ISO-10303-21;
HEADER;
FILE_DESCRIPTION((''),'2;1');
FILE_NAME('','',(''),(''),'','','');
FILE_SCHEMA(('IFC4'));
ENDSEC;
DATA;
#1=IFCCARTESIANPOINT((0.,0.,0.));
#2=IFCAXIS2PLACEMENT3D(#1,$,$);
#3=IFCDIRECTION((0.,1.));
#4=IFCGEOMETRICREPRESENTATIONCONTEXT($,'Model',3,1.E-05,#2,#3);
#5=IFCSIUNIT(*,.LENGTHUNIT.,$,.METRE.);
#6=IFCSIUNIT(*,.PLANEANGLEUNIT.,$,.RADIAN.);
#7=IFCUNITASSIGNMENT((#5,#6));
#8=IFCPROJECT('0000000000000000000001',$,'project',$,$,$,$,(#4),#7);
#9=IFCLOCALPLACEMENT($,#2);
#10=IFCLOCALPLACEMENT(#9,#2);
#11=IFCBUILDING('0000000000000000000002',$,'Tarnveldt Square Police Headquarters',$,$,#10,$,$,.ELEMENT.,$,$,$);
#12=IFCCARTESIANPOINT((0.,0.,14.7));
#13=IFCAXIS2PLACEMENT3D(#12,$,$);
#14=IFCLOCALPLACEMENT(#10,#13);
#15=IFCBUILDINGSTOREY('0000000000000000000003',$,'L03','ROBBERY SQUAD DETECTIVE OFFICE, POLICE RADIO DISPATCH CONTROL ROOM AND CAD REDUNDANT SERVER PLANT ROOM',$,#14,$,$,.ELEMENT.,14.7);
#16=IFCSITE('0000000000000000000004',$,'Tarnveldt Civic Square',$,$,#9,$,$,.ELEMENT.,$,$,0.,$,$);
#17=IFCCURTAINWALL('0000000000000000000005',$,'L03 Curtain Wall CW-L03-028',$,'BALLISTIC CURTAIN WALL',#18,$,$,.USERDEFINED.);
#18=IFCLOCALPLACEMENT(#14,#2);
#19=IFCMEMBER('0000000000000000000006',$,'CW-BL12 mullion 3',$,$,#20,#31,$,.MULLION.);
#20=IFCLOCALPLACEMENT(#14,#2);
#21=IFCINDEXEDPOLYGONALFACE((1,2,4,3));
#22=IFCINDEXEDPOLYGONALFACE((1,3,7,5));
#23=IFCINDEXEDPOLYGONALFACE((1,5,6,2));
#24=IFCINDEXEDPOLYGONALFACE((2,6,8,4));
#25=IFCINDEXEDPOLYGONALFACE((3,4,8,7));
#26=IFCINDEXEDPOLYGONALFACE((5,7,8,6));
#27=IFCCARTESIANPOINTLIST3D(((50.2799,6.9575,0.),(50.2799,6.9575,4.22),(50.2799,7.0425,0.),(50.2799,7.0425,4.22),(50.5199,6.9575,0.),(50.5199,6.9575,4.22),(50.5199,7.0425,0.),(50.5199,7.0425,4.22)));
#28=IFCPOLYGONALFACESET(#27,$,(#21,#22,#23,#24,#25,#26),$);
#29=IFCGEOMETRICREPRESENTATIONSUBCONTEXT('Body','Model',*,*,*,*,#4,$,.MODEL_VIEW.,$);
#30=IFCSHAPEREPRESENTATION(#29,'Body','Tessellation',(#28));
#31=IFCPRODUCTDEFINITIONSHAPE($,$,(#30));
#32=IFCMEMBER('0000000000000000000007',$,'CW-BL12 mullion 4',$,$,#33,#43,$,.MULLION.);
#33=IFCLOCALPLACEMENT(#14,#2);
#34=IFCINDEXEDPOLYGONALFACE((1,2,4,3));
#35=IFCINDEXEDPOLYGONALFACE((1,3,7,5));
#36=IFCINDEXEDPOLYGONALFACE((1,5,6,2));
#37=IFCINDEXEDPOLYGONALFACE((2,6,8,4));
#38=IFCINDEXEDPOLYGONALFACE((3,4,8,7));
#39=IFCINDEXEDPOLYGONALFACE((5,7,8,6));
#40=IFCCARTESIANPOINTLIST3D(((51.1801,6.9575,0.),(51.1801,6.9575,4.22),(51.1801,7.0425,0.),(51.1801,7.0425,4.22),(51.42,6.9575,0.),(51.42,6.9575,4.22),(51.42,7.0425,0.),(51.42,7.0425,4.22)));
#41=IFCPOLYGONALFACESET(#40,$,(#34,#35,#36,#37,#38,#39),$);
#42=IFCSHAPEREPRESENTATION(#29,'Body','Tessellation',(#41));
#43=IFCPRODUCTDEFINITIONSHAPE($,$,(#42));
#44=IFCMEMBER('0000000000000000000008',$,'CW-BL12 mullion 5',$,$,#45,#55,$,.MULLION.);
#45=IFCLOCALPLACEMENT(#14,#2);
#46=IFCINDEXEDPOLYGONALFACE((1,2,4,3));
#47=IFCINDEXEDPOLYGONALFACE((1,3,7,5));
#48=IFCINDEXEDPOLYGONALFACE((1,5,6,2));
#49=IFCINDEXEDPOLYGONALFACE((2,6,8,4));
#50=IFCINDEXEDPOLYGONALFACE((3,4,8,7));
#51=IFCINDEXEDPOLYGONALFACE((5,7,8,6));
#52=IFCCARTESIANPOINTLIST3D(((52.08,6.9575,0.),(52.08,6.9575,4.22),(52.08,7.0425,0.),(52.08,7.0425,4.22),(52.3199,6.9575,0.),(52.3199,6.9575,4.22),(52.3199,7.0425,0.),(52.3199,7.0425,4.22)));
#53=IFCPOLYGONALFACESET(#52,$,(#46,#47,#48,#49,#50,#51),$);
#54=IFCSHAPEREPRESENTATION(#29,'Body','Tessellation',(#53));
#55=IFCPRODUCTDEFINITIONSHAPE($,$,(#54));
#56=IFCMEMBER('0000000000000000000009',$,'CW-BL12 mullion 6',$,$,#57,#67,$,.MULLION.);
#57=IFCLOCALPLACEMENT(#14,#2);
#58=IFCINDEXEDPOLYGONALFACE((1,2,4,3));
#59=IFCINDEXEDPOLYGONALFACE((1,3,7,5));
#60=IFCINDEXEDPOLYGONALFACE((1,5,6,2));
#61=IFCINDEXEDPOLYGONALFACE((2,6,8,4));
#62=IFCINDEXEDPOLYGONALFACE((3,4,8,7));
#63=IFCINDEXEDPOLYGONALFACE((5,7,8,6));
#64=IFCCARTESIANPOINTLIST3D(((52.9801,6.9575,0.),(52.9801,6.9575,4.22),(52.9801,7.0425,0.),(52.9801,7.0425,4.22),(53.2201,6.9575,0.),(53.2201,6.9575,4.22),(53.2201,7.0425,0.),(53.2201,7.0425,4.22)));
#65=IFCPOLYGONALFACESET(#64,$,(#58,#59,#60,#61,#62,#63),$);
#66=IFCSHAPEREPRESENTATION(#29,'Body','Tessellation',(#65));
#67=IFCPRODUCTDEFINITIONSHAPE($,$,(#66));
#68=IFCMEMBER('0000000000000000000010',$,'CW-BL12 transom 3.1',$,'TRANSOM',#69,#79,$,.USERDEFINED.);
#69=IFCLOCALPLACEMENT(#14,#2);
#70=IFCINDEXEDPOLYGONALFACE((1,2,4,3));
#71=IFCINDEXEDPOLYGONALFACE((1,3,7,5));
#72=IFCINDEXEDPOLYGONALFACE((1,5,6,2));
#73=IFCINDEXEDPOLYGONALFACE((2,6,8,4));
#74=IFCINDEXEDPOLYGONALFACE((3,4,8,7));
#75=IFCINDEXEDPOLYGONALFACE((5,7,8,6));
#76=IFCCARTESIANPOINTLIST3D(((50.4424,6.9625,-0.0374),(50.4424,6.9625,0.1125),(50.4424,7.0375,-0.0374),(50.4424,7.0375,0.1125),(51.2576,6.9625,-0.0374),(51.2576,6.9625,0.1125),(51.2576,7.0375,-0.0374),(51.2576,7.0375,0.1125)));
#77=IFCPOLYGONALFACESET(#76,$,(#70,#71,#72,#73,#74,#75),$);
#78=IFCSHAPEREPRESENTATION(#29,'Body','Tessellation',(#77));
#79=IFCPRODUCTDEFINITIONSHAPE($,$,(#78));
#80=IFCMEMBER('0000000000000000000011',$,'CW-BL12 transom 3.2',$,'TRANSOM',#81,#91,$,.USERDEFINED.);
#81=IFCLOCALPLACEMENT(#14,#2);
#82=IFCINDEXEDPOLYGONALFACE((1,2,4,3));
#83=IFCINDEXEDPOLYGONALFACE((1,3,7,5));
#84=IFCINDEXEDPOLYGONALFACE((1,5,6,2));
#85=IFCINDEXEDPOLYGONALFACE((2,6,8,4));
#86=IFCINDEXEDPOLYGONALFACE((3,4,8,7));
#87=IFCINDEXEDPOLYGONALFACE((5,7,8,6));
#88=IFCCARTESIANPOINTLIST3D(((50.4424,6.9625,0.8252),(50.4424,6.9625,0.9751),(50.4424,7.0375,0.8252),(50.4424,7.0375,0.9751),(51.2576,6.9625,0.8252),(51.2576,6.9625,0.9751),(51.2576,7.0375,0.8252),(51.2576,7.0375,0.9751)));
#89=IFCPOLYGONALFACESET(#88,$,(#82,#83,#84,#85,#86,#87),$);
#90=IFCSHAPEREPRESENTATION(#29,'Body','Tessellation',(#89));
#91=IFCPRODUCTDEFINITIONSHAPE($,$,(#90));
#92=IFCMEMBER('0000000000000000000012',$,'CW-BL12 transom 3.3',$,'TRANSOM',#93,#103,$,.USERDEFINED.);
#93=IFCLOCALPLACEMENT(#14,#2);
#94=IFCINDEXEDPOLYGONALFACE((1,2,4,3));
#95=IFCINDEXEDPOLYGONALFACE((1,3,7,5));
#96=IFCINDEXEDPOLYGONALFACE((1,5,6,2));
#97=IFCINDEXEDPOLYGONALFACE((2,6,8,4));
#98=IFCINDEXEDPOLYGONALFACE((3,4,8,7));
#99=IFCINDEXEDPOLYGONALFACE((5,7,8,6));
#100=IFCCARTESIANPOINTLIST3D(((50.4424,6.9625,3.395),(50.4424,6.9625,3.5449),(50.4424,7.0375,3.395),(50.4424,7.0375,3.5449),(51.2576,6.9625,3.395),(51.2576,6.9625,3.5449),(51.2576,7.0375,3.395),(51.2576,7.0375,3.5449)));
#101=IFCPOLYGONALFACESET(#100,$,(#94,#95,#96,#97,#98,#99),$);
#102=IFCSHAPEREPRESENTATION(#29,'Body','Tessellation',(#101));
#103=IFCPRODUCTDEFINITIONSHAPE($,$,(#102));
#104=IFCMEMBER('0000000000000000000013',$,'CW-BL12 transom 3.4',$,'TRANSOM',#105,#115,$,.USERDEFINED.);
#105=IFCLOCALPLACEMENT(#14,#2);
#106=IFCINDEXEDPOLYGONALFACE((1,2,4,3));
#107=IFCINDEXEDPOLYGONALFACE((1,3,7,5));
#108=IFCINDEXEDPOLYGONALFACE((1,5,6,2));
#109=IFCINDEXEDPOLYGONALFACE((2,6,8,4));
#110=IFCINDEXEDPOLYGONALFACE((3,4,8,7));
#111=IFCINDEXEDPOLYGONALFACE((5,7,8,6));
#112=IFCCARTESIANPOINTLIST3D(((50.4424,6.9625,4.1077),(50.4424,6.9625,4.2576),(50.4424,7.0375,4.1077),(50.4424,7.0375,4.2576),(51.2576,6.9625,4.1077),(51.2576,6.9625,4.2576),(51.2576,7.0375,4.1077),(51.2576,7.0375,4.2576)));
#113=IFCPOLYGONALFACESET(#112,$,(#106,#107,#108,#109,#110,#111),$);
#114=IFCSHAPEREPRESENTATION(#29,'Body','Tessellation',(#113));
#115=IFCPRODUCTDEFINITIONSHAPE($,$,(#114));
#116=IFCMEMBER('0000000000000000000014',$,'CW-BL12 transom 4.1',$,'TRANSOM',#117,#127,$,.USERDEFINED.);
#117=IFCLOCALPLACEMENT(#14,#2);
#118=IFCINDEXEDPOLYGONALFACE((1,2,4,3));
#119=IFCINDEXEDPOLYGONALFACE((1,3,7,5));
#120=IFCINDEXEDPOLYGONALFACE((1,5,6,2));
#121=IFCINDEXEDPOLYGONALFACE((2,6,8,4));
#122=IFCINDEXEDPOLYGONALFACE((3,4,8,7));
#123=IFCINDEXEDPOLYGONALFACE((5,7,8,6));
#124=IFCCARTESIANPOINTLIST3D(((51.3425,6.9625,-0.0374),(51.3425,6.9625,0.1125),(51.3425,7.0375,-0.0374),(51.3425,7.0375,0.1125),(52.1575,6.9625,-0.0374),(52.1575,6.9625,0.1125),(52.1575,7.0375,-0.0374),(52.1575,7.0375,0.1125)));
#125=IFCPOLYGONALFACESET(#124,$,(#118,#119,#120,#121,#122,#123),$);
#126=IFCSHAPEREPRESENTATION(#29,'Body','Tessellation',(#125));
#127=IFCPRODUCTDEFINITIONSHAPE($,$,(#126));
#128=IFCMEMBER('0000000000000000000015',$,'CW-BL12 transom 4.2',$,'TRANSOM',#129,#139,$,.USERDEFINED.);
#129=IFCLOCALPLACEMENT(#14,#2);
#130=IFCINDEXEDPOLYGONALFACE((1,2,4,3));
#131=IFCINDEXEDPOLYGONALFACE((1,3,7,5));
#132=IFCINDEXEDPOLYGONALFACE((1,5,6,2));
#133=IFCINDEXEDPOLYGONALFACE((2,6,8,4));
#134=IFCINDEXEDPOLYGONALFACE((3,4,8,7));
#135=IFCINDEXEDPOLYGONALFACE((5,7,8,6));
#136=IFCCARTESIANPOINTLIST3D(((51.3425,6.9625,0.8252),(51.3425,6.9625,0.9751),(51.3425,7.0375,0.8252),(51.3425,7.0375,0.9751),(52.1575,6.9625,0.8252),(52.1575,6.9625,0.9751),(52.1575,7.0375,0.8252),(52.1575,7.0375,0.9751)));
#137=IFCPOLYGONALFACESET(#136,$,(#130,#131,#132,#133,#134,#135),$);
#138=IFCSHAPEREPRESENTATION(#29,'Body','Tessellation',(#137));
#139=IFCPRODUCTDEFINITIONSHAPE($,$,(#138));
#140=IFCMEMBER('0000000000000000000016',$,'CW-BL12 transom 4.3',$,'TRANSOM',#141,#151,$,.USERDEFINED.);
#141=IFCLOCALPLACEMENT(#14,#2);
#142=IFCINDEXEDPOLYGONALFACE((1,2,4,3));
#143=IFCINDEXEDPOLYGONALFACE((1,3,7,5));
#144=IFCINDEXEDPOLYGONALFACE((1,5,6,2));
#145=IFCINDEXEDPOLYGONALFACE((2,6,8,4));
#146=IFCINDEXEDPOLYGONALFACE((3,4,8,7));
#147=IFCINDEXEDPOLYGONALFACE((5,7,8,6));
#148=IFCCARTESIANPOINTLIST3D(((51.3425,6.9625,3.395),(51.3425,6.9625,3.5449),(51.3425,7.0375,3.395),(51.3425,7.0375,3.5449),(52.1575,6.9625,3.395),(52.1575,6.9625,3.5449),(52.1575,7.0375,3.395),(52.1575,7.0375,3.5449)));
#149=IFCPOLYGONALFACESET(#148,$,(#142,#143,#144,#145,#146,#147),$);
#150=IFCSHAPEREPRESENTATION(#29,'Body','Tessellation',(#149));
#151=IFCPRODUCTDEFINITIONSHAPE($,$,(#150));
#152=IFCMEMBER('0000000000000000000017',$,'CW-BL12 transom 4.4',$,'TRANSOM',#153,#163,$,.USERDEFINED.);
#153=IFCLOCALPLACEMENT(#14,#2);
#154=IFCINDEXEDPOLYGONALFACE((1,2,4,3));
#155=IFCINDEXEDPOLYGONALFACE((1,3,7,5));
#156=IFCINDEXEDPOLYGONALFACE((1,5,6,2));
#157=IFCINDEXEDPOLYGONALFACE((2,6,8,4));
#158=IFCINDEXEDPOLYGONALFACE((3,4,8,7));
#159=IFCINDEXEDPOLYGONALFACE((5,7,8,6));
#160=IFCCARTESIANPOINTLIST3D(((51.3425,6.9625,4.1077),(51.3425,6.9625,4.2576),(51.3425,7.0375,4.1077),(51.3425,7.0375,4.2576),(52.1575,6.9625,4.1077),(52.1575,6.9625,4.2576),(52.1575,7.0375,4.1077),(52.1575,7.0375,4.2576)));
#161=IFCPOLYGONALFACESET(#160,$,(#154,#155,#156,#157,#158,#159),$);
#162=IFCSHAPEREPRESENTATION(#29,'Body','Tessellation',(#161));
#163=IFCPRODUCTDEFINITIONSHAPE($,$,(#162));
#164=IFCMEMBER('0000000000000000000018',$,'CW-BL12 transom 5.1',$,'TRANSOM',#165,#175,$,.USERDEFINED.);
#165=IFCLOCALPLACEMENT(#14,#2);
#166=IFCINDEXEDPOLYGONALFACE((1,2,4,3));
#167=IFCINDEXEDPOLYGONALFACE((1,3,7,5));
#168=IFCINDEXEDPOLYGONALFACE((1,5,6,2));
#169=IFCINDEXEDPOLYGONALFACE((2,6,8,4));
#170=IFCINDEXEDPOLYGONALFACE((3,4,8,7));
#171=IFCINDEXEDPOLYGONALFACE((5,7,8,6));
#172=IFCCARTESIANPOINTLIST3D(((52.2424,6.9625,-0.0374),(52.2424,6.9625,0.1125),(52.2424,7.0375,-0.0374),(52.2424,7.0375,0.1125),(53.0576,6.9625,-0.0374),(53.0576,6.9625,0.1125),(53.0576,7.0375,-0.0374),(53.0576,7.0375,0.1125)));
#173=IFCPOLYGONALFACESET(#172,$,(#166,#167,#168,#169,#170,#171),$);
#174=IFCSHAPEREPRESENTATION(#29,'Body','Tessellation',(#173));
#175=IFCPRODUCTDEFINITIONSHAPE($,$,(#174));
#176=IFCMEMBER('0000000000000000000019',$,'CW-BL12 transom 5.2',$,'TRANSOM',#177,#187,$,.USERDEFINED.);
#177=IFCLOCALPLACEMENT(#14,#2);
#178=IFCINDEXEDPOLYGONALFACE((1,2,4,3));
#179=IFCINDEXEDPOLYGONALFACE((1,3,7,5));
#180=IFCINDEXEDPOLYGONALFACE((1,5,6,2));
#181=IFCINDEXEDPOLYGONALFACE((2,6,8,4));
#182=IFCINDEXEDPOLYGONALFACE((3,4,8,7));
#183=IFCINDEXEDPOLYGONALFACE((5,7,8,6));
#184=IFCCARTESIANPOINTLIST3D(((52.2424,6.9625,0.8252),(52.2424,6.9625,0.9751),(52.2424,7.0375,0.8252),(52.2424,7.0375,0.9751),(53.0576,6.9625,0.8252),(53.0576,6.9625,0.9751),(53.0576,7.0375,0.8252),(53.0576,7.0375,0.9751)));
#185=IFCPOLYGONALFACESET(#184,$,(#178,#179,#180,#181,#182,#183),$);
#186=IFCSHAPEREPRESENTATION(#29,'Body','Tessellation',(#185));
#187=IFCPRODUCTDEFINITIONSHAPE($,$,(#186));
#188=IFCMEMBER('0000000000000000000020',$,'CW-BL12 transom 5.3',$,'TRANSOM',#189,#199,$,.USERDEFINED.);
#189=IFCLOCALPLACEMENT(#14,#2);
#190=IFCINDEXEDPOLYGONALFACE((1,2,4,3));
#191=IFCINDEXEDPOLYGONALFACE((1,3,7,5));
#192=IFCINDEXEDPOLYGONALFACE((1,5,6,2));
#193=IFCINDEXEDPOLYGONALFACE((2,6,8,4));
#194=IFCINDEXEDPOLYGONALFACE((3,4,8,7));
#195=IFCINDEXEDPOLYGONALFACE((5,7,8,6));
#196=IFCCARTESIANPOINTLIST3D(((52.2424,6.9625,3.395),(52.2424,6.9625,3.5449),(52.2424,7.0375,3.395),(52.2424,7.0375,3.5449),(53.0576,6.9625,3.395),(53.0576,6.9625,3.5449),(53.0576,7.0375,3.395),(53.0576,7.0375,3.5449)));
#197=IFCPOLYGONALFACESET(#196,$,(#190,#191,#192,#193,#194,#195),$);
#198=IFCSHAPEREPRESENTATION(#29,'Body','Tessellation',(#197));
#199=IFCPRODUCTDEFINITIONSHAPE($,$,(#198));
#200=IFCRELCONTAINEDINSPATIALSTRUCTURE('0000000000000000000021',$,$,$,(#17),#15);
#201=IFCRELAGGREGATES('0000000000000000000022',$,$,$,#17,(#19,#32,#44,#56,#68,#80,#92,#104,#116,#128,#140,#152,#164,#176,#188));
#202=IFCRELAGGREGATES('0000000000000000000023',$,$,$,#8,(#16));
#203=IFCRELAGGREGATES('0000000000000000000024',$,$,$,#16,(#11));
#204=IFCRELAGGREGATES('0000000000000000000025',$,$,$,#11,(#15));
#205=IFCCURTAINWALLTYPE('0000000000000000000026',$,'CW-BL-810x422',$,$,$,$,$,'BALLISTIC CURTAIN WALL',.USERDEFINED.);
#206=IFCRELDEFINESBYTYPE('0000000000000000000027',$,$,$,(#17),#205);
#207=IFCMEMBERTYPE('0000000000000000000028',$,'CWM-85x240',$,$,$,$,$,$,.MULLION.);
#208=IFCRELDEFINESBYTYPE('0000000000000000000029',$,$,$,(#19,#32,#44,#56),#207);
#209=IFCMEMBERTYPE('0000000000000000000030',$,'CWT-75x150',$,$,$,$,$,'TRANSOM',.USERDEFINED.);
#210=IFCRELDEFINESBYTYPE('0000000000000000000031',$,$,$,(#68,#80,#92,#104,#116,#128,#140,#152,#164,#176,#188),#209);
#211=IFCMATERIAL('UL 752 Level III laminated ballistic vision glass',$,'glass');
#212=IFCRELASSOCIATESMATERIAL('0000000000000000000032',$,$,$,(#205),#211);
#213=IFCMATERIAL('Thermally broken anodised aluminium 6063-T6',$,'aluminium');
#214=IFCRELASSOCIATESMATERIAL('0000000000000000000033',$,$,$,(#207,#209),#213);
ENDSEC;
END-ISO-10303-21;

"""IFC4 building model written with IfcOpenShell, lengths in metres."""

from ifc_helpers import new_model, si_unit, direction, frame, origin, origin_2d, place, context, subcontext, project, spatial, rectangle, extrude, material, material_profile, profile_set, type_object, element, aggregate, save


model = new_model("IFC4")

# Units and contexts
model_context = context("Model", 3, precision=1e-05, world=origin(), true_north=direction((0.0, 1.0)))
body_context = subcontext(model_context, "Body", "Model", "MODEL_VIEW")
ifc_project = project(units=[si_unit("LENGTHUNIT", "METRE"), si_unit("PLANEANGLEUNIT", "RADIAN")], contexts=[model_context])

# Site, building, storey
site_placement = place(None, origin())
site = spatial("IfcSite", under=ifc_project, at=site_placement, Name="Tarnveldt Civic Square", CompositionType="ELEMENT", RefElevation=0.0)
building_placement = place(site_placement, origin())
building = spatial("IfcBuilding", under=site, at=building_placement, Name="Tarnveldt Square Police Headquarters", CompositionType="ELEMENT")
storey_placement = place(building_placement, frame((0.0, 0.0, 14.7)))
storey = spatial("IfcBuildingStorey", under=building, at=storey_placement, Name="L03", Description="ROBBERY SQUAD DETECTIVE OFFICE, POLICE RADIO DISPATCH CONTROL ROOM AND CAD REDUNDANT SERVER PLANT ROOM", CompositionType="ELEMENT", Elevation=14.7)

# Curtain wall, members
ifc_material_1 = material(Name="UL 752 Level III laminated ballistic vision glass", Category="glass")
curtain_wall_type = type_object("IfcCurtainWallType", Name="CW-BL-810x422", ElementType="BALLISTIC CURTAIN WALL", PredefinedType="USERDEFINED", material=ifc_material_1)
curtain_wall_placement = place(storey_placement, origin())
curtain_wall = element("IfcCurtainWall", 1, at=curtain_wall_placement, inside=storey, type_object=curtain_wall_type, Name="L03 Curtain Wall CW-L03-028", ObjectType="BALLISTIC CURTAIN WALL", PredefinedType="USERDEFINED")
ifc_material_2 = material(Name="Thermally broken anodised aluminium 6063-T6", Category="aluminium")
ifc_material_profile_1 = material_profile(ifc_material_2, rectangle(XDim=0.085, YDim=0.24, at=origin_2d()), Name="CW-M85x240")
ifc_profile_set_1 = profile_set([ifc_material_profile_1], Name="Thermally broken anodised aluminium 6063-T6")
member_type_1 = type_object("IfcMemberType", Name="CWM-85x240", PredefinedType="MULLION", material=ifc_profile_set_1)
member_1_placement = place(storey_placement, frame((50.3999, 7.0, 0.0), z_axis=(0.0, 0.0, 1.0), x_axis=(0.0, 1.0, 0.0)))
member_1 = element("IfcMember", 2, at=member_1_placement, type_object=member_type_1, Name="CW-BL12 mullion 3", PredefinedType="MULLION", context=body_context, shape_type="SweptSolid", body=[
    extrude(rectangle(XDim=0.085, YDim=0.24, at=origin_2d()), origin(), (0.0, 0.0, 1.0), 4.22),
])
member_2_placement = place(storey_placement, frame((51.3, 7.0, 0.0), z_axis=(0.0, 0.0, 1.0), x_axis=(0.0, 1.0, 0.0)))
member_2 = element("IfcMember", 3, at=member_2_placement, type_object=member_type_1, Name="CW-BL12 mullion 4", PredefinedType="MULLION", context=body_context, shape_type="SweptSolid", body=[
    extrude(rectangle(XDim=0.085, YDim=0.24, at=origin_2d()), origin(), (0.0, 0.0, 1.0), 4.22),
])
member_3_placement = place(storey_placement, frame((52.2, 7.0, 0.0), z_axis=(0.0, 0.0, 1.0), x_axis=(0.0, 1.0, 0.0)))
member_3 = element("IfcMember", 4, at=member_3_placement, type_object=member_type_1, Name="CW-BL12 mullion 5", PredefinedType="MULLION", context=body_context, shape_type="SweptSolid", body=[
    extrude(rectangle(XDim=0.085, YDim=0.24, at=origin_2d()), origin(), (0.0, 0.0, 1.0), 4.22),
])
member_4_placement = place(storey_placement, frame((53.1001, 7.0, 0.0), z_axis=(0.0, 0.0, 1.0), x_axis=(0.0, 1.0, 0.0)))
member_4 = element("IfcMember", 5, at=member_4_placement, type_object=member_type_1, Name="CW-BL12 mullion 6", PredefinedType="MULLION", context=body_context, shape_type="SweptSolid", body=[
    extrude(rectangle(XDim=0.085, YDim=0.24, at=origin_2d()), origin(), (0.0, 0.0, 1.0), 4.22),
])
ifc_material_profile_2 = material_profile(ifc_material_2, rectangle(XDim=0.075, YDim=0.1499, at=origin_2d()), Name="CW-T75x150")
ifc_profile_set_2 = profile_set([ifc_material_profile_2], Name="Thermally broken anodised aluminium 6063-T6")
member_type_2 = type_object("IfcMemberType", Name="CWT-75x150", ElementType="TRANSOM", PredefinedType="USERDEFINED", material=ifc_profile_set_2)
member_5_placement = place(storey_placement, frame((50.4424, 7.0, 0.0376), z_axis=(1.0, 0.0, 0.0), x_axis=(0.0, 1.0, 0.0)))
member_5 = element("IfcMember", 6, at=member_5_placement, type_object=member_type_2, Name="CW-BL12 transom 3.1", ObjectType="TRANSOM", PredefinedType="USERDEFINED", context=body_context, shape_type="SweptSolid", body=[
    extrude(rectangle(XDim=0.075, YDim=0.1499, at=origin_2d()), origin(), (0.0, 0.0, 1.0), 0.8152),
])
member_6_placement = place(storey_placement, frame((50.4424, 7.0, 0.9001), z_axis=(1.0, 0.0, 0.0), x_axis=(0.0, 1.0, 0.0)))
member_6 = element("IfcMember", 7, at=member_6_placement, type_object=member_type_2, Name="CW-BL12 transom 3.2", ObjectType="TRANSOM", PredefinedType="USERDEFINED", context=body_context, shape_type="SweptSolid", body=[
    extrude(rectangle(XDim=0.075, YDim=0.1499, at=origin_2d()), origin(), (0.0, 0.0, 1.0), 0.8152),
])
member_7_placement = place(storey_placement, frame((50.4424, 7.0, 3.47), z_axis=(1.0, 0.0, 0.0), x_axis=(0.0, 1.0, 0.0)))
member_7 = element("IfcMember", 8, at=member_7_placement, type_object=member_type_2, Name="CW-BL12 transom 3.3", ObjectType="TRANSOM", PredefinedType="USERDEFINED", context=body_context, shape_type="SweptSolid", body=[
    extrude(rectangle(XDim=0.075, YDim=0.1499, at=origin_2d()), origin(), (0.0, 0.0, 1.0), 0.8152),
])
member_8_placement = place(storey_placement, frame((50.4424, 7.0, 4.1826), z_axis=(1.0, 0.0, 0.0), x_axis=(0.0, 1.0, 0.0)))
member_8 = element("IfcMember", 9, at=member_8_placement, type_object=member_type_2, Name="CW-BL12 transom 3.4", ObjectType="TRANSOM", PredefinedType="USERDEFINED", context=body_context, shape_type="SweptSolid", body=[
    extrude(rectangle(XDim=0.075, YDim=0.1499, at=origin_2d()), origin(), (0.0, 0.0, 1.0), 0.8152),
])
member_9_placement = place(storey_placement, frame((51.3425, 7.0, 0.0376), z_axis=(1.0, 0.0, 0.0), x_axis=(0.0, 1.0, 0.0)))
member_9 = element("IfcMember", 10, at=member_9_placement, type_object=member_type_2, Name="CW-BL12 transom 4.1", ObjectType="TRANSOM", PredefinedType="USERDEFINED", context=body_context, shape_type="SweptSolid", body=[
    extrude(rectangle(XDim=0.075, YDim=0.1499, at=origin_2d()), origin(), (0.0, 0.0, 1.0), 0.8149),
])
member_10_placement = place(storey_placement, frame((51.3425, 7.0, 0.9001), z_axis=(1.0, 0.0, 0.0), x_axis=(0.0, 1.0, 0.0)))
member_10 = element("IfcMember", 11, at=member_10_placement, type_object=member_type_2, Name="CW-BL12 transom 4.2", ObjectType="TRANSOM", PredefinedType="USERDEFINED", context=body_context, shape_type="SweptSolid", body=[
    extrude(rectangle(XDim=0.075, YDim=0.1499, at=origin_2d()), origin(), (0.0, 0.0, 1.0), 0.8149),
])
member_11_placement = place(storey_placement, frame((51.3425, 7.0, 3.47), z_axis=(1.0, 0.0, 0.0), x_axis=(0.0, 1.0, 0.0)))
member_11 = element("IfcMember", 12, at=member_11_placement, type_object=member_type_2, Name="CW-BL12 transom 4.3", ObjectType="TRANSOM", PredefinedType="USERDEFINED", context=body_context, shape_type="SweptSolid", body=[
    extrude(rectangle(XDim=0.075, YDim=0.1499, at=origin_2d()), origin(), (0.0, 0.0, 1.0), 0.8149),
])
member_12_placement = place(storey_placement, frame((51.3425, 7.0, 4.1826), z_axis=(1.0, 0.0, 0.0), x_axis=(0.0, 1.0, 0.0)))
member_12 = element("IfcMember", 13, at=member_12_placement, type_object=member_type_2, Name="CW-BL12 transom 4.4", ObjectType="TRANSOM", PredefinedType="USERDEFINED", context=body_context, shape_type="SweptSolid", body=[
    extrude(rectangle(XDim=0.075, YDim=0.1499, at=origin_2d()), origin(), (0.0, 0.0, 1.0), 0.8149),
])
member_13_placement = place(storey_placement, frame((52.2424, 7.0, 0.0376), z_axis=(1.0, 0.0, 0.0), x_axis=(0.0, 1.0, 0.0)))
member_13 = element("IfcMember", 14, at=member_13_placement, type_object=member_type_2, Name="CW-BL12 transom 5.1", ObjectType="TRANSOM", PredefinedType="USERDEFINED", context=body_context, shape_type="SweptSolid", body=[
    extrude(rectangle(XDim=0.075, YDim=0.1499, at=origin_2d()), origin(), (0.0, 0.0, 1.0), 0.8152),
])
member_14_placement = place(storey_placement, frame((52.2424, 7.0, 0.9001), z_axis=(1.0, 0.0, 0.0), x_axis=(0.0, 1.0, 0.0)))
member_14 = element("IfcMember", 15, at=member_14_placement, type_object=member_type_2, Name="CW-BL12 transom 5.2", ObjectType="TRANSOM", PredefinedType="USERDEFINED", context=body_context, shape_type="SweptSolid", body=[
    extrude(rectangle(XDim=0.075, YDim=0.1499, at=origin_2d()), origin(), (0.0, 0.0, 1.0), 0.8152),
])
member_15_placement = place(storey_placement, frame((52.2424, 7.0, 3.47), z_axis=(1.0, 0.0, 0.0), x_axis=(0.0, 1.0, 0.0)))
member_15 = element("IfcMember", 16, at=member_15_placement, type_object=member_type_2, Name="CW-BL12 transom 5.3", ObjectType="TRANSOM", PredefinedType="USERDEFINED", context=body_context, shape_type="SweptSolid", body=[
    extrude(rectangle(XDim=0.075, YDim=0.1499, at=origin_2d()), origin(), (0.0, 0.0, 1.0), 0.8152),
])
aggregate(curtain_wall, [member_1, member_2, member_3, member_4, member_5, member_6, member_7, member_8, member_9, member_10, member_11, member_12, member_13, member_14, member_15])

save(model, "model.ifc")
